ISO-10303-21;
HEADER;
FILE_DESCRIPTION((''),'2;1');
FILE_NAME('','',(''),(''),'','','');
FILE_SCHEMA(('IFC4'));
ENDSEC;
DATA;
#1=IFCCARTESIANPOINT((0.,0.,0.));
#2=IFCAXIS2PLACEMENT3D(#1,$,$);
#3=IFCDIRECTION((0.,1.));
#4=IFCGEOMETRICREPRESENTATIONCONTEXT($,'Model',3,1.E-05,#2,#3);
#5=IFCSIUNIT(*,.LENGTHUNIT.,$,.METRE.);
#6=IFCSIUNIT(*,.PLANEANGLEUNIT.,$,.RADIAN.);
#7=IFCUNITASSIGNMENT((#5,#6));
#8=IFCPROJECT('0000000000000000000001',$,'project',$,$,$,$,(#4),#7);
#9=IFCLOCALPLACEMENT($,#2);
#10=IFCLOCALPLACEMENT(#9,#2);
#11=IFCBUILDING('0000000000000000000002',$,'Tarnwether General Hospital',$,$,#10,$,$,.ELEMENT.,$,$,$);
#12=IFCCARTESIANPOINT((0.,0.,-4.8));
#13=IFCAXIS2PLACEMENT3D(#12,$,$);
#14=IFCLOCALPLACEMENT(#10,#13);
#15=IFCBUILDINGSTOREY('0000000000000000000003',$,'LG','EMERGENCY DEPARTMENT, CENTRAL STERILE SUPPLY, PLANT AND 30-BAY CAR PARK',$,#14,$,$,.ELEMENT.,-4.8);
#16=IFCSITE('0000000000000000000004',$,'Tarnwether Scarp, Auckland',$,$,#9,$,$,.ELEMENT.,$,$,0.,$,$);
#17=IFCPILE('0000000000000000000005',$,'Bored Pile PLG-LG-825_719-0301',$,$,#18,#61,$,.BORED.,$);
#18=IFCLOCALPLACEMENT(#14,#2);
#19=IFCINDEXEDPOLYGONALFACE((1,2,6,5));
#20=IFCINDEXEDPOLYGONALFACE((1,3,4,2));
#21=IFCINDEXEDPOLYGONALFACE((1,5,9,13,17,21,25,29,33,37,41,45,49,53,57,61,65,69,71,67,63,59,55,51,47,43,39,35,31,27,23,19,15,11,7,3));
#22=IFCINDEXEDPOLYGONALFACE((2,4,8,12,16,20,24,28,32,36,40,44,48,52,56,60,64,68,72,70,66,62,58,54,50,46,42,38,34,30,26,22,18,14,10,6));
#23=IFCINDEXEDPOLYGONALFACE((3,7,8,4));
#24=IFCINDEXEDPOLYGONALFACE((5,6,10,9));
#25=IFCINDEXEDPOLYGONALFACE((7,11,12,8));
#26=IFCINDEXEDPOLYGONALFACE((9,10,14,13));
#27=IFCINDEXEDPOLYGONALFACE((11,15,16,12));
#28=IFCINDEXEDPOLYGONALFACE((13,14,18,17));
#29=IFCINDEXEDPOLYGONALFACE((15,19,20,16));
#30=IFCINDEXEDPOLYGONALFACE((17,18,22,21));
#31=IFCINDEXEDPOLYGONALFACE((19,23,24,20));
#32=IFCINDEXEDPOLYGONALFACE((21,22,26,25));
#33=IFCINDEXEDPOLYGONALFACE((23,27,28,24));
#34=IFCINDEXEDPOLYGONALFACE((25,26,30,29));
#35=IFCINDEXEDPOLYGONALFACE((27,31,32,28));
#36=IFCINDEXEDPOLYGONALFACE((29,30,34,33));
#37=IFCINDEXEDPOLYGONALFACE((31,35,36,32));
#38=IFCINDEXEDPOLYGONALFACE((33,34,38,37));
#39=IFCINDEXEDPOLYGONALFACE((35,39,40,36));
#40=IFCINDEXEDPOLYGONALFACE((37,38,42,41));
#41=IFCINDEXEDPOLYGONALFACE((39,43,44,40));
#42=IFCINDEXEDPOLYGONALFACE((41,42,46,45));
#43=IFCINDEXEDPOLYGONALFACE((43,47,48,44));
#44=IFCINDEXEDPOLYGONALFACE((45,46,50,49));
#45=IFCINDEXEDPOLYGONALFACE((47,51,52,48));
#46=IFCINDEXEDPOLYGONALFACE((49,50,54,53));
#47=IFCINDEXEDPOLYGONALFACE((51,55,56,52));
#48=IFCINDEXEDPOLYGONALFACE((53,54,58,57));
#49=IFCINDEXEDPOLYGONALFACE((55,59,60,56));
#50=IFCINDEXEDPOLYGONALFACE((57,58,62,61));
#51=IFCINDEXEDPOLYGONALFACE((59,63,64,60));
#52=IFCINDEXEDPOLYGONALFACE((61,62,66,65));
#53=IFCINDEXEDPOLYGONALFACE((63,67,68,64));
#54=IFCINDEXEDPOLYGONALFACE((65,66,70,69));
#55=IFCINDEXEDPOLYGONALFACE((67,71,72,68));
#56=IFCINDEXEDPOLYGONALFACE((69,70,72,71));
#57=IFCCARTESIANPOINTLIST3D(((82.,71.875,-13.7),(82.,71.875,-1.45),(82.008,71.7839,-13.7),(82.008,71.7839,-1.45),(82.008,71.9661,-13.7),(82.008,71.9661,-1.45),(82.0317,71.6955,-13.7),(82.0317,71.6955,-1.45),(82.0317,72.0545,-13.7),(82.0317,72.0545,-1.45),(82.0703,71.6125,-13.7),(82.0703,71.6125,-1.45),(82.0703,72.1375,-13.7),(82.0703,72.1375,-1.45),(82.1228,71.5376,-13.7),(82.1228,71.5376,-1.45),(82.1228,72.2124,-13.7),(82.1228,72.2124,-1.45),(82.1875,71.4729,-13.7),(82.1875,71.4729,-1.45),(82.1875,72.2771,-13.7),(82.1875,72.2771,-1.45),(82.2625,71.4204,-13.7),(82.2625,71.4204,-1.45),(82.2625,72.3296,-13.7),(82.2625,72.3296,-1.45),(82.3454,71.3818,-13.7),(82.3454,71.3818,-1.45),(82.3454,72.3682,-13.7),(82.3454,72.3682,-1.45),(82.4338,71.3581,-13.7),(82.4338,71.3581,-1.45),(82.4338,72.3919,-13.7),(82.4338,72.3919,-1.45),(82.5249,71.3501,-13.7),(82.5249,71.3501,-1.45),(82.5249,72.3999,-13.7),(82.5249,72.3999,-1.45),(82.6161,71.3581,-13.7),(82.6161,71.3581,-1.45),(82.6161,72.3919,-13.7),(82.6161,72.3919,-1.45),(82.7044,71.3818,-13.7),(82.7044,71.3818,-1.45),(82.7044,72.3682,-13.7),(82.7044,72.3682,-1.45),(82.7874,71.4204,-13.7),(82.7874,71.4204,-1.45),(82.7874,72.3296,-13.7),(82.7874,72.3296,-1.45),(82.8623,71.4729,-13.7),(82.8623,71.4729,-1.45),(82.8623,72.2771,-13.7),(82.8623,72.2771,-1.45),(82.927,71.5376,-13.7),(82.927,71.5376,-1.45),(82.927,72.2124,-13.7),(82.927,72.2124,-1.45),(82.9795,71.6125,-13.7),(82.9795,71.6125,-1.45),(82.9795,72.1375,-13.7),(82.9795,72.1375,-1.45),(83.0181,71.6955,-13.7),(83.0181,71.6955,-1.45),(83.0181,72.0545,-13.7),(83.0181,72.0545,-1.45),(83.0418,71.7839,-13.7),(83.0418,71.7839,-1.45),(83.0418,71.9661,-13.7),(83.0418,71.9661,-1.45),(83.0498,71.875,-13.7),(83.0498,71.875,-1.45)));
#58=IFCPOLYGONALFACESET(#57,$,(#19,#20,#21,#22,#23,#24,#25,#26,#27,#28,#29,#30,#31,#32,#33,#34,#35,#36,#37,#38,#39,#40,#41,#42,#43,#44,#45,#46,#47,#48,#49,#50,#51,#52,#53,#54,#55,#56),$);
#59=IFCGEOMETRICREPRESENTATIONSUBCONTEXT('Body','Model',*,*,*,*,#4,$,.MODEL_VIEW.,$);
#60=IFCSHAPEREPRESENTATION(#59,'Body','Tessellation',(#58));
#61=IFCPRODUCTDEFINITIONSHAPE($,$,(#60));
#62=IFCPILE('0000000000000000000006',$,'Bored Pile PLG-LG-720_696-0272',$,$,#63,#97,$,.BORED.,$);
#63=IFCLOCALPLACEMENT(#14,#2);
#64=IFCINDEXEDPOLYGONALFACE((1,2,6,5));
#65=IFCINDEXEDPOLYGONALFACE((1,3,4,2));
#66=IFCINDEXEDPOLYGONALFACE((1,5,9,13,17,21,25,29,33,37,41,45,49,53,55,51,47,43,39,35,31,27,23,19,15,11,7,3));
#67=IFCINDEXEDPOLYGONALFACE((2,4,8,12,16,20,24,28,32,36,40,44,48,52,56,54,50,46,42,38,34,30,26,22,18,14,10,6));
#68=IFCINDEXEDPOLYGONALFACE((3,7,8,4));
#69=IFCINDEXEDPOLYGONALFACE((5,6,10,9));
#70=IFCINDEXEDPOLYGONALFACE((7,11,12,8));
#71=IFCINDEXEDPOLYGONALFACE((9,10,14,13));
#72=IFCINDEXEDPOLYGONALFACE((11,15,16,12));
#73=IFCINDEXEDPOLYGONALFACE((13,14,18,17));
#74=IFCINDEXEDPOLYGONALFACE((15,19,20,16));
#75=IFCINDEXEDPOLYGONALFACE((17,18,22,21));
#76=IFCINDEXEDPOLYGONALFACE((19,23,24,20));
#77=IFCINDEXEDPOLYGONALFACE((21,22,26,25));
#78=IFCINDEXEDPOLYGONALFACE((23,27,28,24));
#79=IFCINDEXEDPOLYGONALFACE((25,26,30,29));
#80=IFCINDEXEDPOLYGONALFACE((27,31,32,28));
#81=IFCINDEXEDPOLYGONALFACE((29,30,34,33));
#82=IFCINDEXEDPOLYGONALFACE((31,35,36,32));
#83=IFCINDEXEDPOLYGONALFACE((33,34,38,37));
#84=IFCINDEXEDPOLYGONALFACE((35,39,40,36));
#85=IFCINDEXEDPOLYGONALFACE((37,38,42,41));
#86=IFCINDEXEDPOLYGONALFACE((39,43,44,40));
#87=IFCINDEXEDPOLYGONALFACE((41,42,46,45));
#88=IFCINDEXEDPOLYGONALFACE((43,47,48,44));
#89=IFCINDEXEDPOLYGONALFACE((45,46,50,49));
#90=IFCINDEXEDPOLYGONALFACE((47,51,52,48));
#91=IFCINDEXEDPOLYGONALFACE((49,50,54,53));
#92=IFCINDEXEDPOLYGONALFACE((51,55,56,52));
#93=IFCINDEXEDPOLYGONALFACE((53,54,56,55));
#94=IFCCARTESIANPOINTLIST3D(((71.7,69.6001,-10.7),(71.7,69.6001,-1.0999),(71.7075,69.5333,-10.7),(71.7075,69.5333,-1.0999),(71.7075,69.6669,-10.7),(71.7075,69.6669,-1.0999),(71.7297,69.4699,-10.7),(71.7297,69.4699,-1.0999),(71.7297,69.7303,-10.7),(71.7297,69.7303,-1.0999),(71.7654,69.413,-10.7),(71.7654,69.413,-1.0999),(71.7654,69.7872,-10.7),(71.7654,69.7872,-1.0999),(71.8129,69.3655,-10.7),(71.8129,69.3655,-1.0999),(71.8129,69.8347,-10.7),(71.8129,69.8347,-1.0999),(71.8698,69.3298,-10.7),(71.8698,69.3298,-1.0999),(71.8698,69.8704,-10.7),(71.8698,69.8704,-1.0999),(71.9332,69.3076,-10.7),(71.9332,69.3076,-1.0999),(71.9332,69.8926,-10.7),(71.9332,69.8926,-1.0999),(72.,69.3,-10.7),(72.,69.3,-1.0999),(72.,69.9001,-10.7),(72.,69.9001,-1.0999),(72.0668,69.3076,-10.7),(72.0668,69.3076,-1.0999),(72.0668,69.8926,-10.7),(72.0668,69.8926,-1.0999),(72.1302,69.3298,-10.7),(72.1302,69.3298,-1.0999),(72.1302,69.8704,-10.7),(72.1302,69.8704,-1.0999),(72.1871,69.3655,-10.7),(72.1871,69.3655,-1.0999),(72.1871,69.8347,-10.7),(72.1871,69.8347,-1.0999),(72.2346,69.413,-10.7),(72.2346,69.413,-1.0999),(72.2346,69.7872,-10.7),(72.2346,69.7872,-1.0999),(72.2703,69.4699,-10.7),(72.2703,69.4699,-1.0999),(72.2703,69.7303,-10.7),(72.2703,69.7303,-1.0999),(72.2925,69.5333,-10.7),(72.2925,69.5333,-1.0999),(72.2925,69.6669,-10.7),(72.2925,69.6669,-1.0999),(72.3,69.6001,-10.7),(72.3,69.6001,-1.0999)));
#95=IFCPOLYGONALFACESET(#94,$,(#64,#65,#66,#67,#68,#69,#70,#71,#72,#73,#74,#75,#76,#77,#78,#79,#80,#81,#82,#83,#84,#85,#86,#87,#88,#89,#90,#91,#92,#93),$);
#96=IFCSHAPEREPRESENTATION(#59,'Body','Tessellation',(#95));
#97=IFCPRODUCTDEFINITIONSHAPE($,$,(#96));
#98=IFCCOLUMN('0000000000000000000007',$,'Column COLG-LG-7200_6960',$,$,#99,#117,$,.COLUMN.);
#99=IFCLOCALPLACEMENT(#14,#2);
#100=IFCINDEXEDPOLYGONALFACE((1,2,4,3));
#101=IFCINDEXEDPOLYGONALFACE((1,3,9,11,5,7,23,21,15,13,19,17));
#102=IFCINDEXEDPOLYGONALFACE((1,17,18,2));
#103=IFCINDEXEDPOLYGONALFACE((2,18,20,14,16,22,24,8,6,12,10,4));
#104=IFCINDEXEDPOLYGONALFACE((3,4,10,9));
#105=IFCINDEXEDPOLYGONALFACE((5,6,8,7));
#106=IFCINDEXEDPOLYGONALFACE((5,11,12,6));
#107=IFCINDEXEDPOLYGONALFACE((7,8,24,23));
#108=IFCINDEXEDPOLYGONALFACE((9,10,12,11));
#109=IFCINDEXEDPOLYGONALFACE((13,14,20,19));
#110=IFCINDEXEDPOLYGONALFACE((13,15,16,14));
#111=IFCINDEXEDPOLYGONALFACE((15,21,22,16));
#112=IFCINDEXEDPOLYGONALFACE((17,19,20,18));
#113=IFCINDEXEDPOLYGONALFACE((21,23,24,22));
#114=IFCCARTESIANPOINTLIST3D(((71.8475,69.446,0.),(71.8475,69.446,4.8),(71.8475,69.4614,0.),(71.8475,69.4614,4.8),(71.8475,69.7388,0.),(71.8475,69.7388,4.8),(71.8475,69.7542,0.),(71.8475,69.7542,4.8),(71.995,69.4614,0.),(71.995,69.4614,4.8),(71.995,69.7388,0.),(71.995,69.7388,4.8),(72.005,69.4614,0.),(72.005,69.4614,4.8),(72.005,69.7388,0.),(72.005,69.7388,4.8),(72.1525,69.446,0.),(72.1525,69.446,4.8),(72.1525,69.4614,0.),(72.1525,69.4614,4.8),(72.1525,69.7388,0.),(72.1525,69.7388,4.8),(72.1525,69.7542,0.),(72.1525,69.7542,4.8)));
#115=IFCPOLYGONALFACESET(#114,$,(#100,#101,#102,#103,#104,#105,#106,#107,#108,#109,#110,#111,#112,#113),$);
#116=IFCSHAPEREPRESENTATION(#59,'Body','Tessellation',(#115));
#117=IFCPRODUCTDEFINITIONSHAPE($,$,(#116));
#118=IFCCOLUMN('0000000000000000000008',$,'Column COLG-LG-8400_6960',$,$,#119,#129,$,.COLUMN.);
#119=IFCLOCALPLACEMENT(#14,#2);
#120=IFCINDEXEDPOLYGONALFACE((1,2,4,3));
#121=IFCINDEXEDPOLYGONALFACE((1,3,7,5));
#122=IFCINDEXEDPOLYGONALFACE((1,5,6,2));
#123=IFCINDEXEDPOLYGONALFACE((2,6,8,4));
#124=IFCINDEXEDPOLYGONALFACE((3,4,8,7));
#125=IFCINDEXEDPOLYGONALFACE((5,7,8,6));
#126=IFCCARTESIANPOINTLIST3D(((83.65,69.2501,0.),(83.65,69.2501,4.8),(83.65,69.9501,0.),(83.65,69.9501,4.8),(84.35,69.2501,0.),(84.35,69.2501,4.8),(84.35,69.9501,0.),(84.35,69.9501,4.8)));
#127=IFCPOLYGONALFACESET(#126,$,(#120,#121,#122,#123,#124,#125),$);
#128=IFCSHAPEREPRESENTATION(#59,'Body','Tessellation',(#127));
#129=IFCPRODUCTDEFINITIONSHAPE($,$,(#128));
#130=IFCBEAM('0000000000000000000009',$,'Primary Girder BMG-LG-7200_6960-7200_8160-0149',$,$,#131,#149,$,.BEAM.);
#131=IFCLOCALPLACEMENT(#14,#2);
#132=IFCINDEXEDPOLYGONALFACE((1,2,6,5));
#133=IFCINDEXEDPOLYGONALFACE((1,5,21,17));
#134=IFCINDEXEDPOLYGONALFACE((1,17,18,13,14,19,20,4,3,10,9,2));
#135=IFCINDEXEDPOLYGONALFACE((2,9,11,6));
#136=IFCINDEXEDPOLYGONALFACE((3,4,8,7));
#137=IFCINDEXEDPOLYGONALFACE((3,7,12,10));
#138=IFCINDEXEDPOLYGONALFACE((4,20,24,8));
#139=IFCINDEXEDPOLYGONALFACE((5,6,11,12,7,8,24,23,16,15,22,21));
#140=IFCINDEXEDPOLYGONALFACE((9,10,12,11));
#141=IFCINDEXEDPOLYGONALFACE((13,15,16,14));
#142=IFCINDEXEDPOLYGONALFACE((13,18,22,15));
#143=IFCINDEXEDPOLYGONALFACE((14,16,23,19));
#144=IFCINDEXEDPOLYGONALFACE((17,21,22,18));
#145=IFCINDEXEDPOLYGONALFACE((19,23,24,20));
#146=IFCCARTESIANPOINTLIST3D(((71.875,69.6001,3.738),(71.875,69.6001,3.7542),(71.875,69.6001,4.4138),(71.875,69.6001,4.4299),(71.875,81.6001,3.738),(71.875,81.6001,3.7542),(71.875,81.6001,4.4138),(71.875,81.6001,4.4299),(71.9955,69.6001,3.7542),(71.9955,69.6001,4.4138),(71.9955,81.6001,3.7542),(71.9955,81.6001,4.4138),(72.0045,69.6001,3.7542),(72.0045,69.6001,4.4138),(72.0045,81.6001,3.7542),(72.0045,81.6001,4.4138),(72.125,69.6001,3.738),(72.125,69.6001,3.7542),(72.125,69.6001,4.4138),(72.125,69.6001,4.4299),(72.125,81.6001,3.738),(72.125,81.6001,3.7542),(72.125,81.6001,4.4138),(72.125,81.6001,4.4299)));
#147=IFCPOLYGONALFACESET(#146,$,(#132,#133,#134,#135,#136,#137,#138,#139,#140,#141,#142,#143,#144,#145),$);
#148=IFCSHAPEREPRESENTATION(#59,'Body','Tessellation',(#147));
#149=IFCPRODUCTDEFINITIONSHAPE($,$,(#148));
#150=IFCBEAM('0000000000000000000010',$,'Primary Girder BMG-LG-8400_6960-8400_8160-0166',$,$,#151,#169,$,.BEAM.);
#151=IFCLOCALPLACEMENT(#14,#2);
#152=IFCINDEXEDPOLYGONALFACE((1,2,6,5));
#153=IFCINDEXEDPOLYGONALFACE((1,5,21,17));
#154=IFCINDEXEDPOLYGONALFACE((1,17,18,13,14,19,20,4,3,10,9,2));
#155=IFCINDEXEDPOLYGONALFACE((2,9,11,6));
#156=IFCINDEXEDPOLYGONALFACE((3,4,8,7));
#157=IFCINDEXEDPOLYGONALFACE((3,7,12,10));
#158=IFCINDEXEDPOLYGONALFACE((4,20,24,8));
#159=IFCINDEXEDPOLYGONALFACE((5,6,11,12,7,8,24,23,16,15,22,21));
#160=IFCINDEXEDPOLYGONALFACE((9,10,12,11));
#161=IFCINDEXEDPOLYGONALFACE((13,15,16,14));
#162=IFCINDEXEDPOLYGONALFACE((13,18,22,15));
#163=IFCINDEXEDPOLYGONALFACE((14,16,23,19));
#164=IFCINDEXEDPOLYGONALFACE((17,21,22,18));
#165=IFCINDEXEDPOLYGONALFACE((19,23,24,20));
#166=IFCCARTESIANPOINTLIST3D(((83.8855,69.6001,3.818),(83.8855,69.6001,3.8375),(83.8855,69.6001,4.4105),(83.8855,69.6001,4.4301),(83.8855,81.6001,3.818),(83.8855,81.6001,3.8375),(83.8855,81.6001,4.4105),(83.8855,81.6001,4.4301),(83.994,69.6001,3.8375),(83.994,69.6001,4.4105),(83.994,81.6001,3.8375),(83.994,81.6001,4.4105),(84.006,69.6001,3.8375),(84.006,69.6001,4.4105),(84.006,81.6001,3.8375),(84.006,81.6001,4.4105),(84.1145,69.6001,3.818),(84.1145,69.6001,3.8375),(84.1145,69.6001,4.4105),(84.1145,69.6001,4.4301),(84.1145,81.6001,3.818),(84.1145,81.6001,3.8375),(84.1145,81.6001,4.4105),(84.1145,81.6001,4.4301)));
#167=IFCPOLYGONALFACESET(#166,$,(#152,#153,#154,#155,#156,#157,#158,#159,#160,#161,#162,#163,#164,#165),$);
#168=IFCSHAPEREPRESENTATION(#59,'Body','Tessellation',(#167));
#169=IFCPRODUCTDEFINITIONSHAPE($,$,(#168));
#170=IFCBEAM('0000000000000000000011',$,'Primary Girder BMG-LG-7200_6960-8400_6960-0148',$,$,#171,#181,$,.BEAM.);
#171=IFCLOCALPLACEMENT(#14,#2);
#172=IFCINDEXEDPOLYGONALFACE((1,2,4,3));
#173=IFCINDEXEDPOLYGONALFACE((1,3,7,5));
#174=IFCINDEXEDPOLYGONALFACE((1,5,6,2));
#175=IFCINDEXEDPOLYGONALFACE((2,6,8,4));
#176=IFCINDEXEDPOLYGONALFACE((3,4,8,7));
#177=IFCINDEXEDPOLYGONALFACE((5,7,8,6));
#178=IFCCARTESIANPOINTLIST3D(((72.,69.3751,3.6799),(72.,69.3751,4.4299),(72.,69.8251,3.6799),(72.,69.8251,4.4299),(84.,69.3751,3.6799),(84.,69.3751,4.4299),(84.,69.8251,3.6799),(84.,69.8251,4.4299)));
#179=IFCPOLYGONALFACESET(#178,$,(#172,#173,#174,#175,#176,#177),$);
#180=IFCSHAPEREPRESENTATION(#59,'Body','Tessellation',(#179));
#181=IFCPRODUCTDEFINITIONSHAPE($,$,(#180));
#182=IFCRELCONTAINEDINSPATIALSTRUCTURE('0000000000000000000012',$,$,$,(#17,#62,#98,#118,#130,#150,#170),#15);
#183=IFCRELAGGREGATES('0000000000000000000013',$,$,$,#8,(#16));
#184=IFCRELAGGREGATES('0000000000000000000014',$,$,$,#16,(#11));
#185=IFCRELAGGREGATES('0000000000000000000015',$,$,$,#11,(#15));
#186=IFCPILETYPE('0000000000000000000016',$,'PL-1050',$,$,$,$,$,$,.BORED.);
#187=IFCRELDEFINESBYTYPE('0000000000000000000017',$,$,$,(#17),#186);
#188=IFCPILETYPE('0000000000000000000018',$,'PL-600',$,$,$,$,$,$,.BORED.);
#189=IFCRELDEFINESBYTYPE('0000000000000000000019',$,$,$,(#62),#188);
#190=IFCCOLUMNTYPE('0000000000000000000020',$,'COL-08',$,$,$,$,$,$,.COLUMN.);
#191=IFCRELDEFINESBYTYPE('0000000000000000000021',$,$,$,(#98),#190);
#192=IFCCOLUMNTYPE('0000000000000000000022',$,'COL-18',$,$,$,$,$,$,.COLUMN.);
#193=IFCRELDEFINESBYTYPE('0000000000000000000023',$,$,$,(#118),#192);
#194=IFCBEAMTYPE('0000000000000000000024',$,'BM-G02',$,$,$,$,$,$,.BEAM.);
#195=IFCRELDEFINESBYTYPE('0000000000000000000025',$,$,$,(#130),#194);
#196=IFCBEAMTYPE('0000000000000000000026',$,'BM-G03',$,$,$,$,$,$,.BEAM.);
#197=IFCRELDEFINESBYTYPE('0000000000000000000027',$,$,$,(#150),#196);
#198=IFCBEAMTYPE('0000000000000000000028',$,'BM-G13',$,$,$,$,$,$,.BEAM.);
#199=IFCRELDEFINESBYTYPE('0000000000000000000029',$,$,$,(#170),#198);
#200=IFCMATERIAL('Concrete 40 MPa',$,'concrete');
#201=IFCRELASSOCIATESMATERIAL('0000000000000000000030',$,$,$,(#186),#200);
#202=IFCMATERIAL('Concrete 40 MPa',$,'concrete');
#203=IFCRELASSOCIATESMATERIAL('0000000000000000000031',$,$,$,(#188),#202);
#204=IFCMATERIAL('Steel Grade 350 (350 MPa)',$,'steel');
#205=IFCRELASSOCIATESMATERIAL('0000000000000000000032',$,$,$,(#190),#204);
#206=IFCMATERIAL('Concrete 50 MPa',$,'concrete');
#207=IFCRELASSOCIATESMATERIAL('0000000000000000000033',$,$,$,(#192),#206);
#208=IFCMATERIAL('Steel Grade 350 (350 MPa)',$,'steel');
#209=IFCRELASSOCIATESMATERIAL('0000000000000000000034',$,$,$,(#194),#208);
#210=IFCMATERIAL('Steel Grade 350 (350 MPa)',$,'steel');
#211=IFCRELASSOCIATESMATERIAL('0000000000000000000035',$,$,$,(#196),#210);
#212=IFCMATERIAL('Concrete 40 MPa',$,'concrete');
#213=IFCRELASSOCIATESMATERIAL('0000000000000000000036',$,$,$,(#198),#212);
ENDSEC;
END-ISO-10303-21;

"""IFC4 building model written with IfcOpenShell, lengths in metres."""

from ifc_helpers import new_model, si_unit, direction, frame, origin, origin_2d, place, context, subcontext, project, spatial, rectangle, circle, i_section, extrude, material, material_profile, profile_set, type_object, element, save


model = new_model("IFC4")

# Units and contexts
model_context = context("Model", 3, precision=1e-05, world=origin(), true_north=direction((0.0, 1.0)))
body_context = subcontext(model_context, "Body", "Model", "MODEL_VIEW")
ifc_project = project(units=[si_unit("LENGTHUNIT", "METRE"), si_unit("PLANEANGLEUNIT", "RADIAN")], contexts=[model_context])

# Site, building, storey
site_placement = place(None, origin())
site = spatial("IfcSite", under=ifc_project, at=site_placement, Name="Tarnwether Scarp, Auckland", CompositionType="ELEMENT", RefElevation=0.0)
building_placement = place(site_placement, origin())
building = spatial("IfcBuilding", under=site, at=building_placement, Name="Tarnwether General Hospital", CompositionType="ELEMENT")
storey_placement = place(building_placement, frame((0.0, 0.0, -4.8)))
storey = spatial("IfcBuildingStorey", under=building, at=storey_placement, Name="LG", Description="EMERGENCY DEPARTMENT, CENTRAL STERILE SUPPLY, PLANT AND 30-BAY CAR PARK", CompositionType="ELEMENT", Elevation=-4.8)

# Piles
ifc_material_1 = material(Name="Concrete 40 MPa", Category="concrete")
ifc_material_profile_1 = material_profile(ifc_material_1, circle(Radius=0.5249, at=origin_2d()), Name="PILE-D1050")
ifc_profile_set_1 = profile_set([ifc_material_profile_1], Name="Concrete 40 MPa")
pile_type_1 = type_object("IfcPileType", Name="PL-1050", PredefinedType="BORED", material=ifc_profile_set_1)
for number, where, z_axis, x_axis, name in (
    (1, (82.5249, 71.875, -1.45), (0.0, 0.0, -1.0), (1.0, 0.0, 0.0), "Bored Pile PLG-LG-825_719-0301"),
):
    element("IfcPile", number, at=place(storey_placement, frame(where, z_axis=z_axis, x_axis=x_axis)), inside=storey, type_object=pile_type_1, Name=name, PredefinedType="BORED", context=body_context, shape_type="SweptSolid", body=[
        extrude(circle(Radius=0.5249, at=origin_2d()), origin(), (0.0, 0.0, 1.0), 12.25),
    ])
ifc_material_2 = material(Name="Concrete 40 MPa", Category="concrete")
ifc_material_profile_2 = material_profile(ifc_material_2, circle(Radius=0.3, at=origin_2d()), Name="PILE-D600")
ifc_profile_set_2 = profile_set([ifc_material_profile_2], Name="Concrete 40 MPa")
pile_type_2 = type_object("IfcPileType", Name="PL-600", PredefinedType="BORED", material=ifc_profile_set_2)
pile_placement = place(storey_placement, frame((72.0, 69.6001, -1.0999), z_axis=(0.0, 0.0, -1.0), x_axis=(1.0, 0.0, 0.0)))
element("IfcPile", 2, at=pile_placement, inside=storey, type_object=pile_type_2, Name="Bored Pile PLG-LG-720_696-0272", PredefinedType="BORED", context=body_context, shape_type="SweptSolid", body=[
    extrude(circle(Radius=0.3, at=origin_2d()), origin(), (0.0, 0.0, 1.0), 9.6001),
])

# Columns
ifc_material_3 = material(Name="Steel Grade 350 (350 MPa)", Category="steel")
ifc_material_profile_3 = material_profile(ifc_material_3, i_section(OverallWidth=0.3049, OverallDepth=0.3081, WebThickness=0.01, FlangeThickness=0.0154, at=origin_2d()), Name="310UC96.8")
ifc_profile_set_3 = profile_set([ifc_material_profile_3], Name="Steel Grade 350 (350 MPa)")
column_type_1 = type_object("IfcColumnType", Name="COL-08", PredefinedType="COLUMN", material=ifc_profile_set_3)
column_1_placement = place(storey_placement, frame((72.0, 69.6001, 0.0), z_axis=(0.0, 0.0, 1.0), x_axis=(1.0, 0.0, 0.0)))
element("IfcColumn", 3, at=column_1_placement, inside=storey, type_object=column_type_1, Name="Column COLG-LG-7200_6960", PredefinedType="COLUMN", context=body_context, shape_type="SweptSolid", body=[
    extrude(i_section(OverallWidth=0.3049, OverallDepth=0.3081, WebThickness=0.01, FlangeThickness=0.0154, at=origin_2d()), origin(), (0.0, 0.0, 1.0), 4.8),
])
ifc_material_4 = material(Name="Concrete 50 MPa", Category="concrete")
ifc_material_profile_4 = material_profile(ifc_material_4, rectangle(XDim=0.7, YDim=0.7, at=origin_2d()), Name="RC-COL-700x700")
ifc_profile_set_4 = profile_set([ifc_material_profile_4], Name="Concrete 50 MPa")
column_type_2 = type_object("IfcColumnType", Name="COL-18", PredefinedType="COLUMN", material=ifc_profile_set_4)
column_2_placement = place(storey_placement, frame((84.0, 69.6001, 0.0), z_axis=(0.0, 0.0, 1.0), x_axis=(0.0, 1.0, 0.0)))
element("IfcColumn", 4, at=column_2_placement, inside=storey, type_object=column_type_2, Name="Column COLG-LG-8400_6960", PredefinedType="COLUMN", context=body_context, shape_type="SweptSolid", body=[
    extrude(rectangle(XDim=0.7, YDim=0.7, at=origin_2d()), origin(), (0.0, 0.0, 1.0), 4.8),
])

# Beams
ifc_material_5 = material(Name="Steel Grade 350 (350 MPa)", Category="steel")
ifc_material_profile_5 = material_profile(ifc_material_5, i_section(OverallWidth=0.25, OverallDepth=0.6919, WebThickness=0.009, FlangeThickness=0.0161, at=origin_2d()), Name="700WB115")
ifc_profile_set_5 = profile_set([ifc_material_profile_5], Name="Steel Grade 350 (350 MPa)")
beam_type_1 = type_object("IfcBeamType", Name="BM-G02", PredefinedType="BEAM", material=ifc_profile_set_5)
beam_1_placement = place(storey_placement, frame((72.0, 69.6001, 4.084), z_axis=(0.0, 1.0, 0.0), x_axis=(-1.0, 0.0, 0.0)))
element("IfcBeam", 5, at=beam_1_placement, inside=storey, type_object=beam_type_1, Name="Primary Girder BMG-LG-7200_6960-7200_8160-0149", PredefinedType="BEAM", context=body_context, shape_type="SweptSolid", body=[
    extrude(i_section(OverallWidth=0.25, OverallDepth=0.6919, WebThickness=0.009, FlangeThickness=0.0161, at=origin_2d()), origin(), (0.0, 0.0, 1.0), 12.0),
])
ifc_material_6 = material(Name="Steel Grade 350 (350 MPa)", Category="steel")
ifc_material_profile_6 = material_profile(ifc_material_6, i_section(OverallWidth=0.229, OverallDepth=0.6121, WebThickness=0.012, FlangeThickness=0.0195, at=origin_2d()), Name="610UB125")
ifc_profile_set_6 = profile_set([ifc_material_profile_6], Name="Steel Grade 350 (350 MPa)")
beam_type_2 = type_object("IfcBeamType", Name="BM-G03", PredefinedType="BEAM", material=ifc_profile_set_6)
beam_2_placement = place(storey_placement, frame((84.0, 69.6001, 4.124), z_axis=(0.0, 1.0, 0.0), x_axis=(-1.0, 0.0, 0.0)))
element("IfcBeam", 6, at=beam_2_placement, inside=storey, type_object=beam_type_2, Name="Primary Girder BMG-LG-8400_6960-8400_8160-0166", PredefinedType="BEAM", context=body_context, shape_type="SweptSolid", body=[
    extrude(i_section(OverallWidth=0.229, OverallDepth=0.6121, WebThickness=0.012, FlangeThickness=0.0195, at=origin_2d()), origin(), (0.0, 0.0, 1.0), 12.0),
])
ifc_material_7 = material(Name="Concrete 40 MPa", Category="concrete")
ifc_material_profile_7 = material_profile(ifc_material_7, rectangle(XDim=0.45, YDim=0.75, at=origin_2d()), Name="RC-BM-450x750")
ifc_profile_set_7 = profile_set([ifc_material_profile_7], Name="Concrete 40 MPa")
beam_type_3 = type_object("IfcBeamType", Name="BM-G13", PredefinedType="BEAM", material=ifc_profile_set_7)
beam_3_placement = place(storey_placement, frame((72.0, 69.6001, 4.0549), z_axis=(1.0, 0.0, 0.0), x_axis=(0.0, 1.0, 0.0)))
element("IfcBeam", 7, at=beam_3_placement, inside=storey, type_object=beam_type_3, Name="Primary Girder BMG-LG-7200_6960-8400_6960-0148", PredefinedType="BEAM", context=body_context, shape_type="SweptSolid", body=[
    extrude(rectangle(XDim=0.45, YDim=0.75, at=origin_2d()), origin(), (0.0, 0.0, 1.0), 12.0),
])

save(model, "model.ifc")
